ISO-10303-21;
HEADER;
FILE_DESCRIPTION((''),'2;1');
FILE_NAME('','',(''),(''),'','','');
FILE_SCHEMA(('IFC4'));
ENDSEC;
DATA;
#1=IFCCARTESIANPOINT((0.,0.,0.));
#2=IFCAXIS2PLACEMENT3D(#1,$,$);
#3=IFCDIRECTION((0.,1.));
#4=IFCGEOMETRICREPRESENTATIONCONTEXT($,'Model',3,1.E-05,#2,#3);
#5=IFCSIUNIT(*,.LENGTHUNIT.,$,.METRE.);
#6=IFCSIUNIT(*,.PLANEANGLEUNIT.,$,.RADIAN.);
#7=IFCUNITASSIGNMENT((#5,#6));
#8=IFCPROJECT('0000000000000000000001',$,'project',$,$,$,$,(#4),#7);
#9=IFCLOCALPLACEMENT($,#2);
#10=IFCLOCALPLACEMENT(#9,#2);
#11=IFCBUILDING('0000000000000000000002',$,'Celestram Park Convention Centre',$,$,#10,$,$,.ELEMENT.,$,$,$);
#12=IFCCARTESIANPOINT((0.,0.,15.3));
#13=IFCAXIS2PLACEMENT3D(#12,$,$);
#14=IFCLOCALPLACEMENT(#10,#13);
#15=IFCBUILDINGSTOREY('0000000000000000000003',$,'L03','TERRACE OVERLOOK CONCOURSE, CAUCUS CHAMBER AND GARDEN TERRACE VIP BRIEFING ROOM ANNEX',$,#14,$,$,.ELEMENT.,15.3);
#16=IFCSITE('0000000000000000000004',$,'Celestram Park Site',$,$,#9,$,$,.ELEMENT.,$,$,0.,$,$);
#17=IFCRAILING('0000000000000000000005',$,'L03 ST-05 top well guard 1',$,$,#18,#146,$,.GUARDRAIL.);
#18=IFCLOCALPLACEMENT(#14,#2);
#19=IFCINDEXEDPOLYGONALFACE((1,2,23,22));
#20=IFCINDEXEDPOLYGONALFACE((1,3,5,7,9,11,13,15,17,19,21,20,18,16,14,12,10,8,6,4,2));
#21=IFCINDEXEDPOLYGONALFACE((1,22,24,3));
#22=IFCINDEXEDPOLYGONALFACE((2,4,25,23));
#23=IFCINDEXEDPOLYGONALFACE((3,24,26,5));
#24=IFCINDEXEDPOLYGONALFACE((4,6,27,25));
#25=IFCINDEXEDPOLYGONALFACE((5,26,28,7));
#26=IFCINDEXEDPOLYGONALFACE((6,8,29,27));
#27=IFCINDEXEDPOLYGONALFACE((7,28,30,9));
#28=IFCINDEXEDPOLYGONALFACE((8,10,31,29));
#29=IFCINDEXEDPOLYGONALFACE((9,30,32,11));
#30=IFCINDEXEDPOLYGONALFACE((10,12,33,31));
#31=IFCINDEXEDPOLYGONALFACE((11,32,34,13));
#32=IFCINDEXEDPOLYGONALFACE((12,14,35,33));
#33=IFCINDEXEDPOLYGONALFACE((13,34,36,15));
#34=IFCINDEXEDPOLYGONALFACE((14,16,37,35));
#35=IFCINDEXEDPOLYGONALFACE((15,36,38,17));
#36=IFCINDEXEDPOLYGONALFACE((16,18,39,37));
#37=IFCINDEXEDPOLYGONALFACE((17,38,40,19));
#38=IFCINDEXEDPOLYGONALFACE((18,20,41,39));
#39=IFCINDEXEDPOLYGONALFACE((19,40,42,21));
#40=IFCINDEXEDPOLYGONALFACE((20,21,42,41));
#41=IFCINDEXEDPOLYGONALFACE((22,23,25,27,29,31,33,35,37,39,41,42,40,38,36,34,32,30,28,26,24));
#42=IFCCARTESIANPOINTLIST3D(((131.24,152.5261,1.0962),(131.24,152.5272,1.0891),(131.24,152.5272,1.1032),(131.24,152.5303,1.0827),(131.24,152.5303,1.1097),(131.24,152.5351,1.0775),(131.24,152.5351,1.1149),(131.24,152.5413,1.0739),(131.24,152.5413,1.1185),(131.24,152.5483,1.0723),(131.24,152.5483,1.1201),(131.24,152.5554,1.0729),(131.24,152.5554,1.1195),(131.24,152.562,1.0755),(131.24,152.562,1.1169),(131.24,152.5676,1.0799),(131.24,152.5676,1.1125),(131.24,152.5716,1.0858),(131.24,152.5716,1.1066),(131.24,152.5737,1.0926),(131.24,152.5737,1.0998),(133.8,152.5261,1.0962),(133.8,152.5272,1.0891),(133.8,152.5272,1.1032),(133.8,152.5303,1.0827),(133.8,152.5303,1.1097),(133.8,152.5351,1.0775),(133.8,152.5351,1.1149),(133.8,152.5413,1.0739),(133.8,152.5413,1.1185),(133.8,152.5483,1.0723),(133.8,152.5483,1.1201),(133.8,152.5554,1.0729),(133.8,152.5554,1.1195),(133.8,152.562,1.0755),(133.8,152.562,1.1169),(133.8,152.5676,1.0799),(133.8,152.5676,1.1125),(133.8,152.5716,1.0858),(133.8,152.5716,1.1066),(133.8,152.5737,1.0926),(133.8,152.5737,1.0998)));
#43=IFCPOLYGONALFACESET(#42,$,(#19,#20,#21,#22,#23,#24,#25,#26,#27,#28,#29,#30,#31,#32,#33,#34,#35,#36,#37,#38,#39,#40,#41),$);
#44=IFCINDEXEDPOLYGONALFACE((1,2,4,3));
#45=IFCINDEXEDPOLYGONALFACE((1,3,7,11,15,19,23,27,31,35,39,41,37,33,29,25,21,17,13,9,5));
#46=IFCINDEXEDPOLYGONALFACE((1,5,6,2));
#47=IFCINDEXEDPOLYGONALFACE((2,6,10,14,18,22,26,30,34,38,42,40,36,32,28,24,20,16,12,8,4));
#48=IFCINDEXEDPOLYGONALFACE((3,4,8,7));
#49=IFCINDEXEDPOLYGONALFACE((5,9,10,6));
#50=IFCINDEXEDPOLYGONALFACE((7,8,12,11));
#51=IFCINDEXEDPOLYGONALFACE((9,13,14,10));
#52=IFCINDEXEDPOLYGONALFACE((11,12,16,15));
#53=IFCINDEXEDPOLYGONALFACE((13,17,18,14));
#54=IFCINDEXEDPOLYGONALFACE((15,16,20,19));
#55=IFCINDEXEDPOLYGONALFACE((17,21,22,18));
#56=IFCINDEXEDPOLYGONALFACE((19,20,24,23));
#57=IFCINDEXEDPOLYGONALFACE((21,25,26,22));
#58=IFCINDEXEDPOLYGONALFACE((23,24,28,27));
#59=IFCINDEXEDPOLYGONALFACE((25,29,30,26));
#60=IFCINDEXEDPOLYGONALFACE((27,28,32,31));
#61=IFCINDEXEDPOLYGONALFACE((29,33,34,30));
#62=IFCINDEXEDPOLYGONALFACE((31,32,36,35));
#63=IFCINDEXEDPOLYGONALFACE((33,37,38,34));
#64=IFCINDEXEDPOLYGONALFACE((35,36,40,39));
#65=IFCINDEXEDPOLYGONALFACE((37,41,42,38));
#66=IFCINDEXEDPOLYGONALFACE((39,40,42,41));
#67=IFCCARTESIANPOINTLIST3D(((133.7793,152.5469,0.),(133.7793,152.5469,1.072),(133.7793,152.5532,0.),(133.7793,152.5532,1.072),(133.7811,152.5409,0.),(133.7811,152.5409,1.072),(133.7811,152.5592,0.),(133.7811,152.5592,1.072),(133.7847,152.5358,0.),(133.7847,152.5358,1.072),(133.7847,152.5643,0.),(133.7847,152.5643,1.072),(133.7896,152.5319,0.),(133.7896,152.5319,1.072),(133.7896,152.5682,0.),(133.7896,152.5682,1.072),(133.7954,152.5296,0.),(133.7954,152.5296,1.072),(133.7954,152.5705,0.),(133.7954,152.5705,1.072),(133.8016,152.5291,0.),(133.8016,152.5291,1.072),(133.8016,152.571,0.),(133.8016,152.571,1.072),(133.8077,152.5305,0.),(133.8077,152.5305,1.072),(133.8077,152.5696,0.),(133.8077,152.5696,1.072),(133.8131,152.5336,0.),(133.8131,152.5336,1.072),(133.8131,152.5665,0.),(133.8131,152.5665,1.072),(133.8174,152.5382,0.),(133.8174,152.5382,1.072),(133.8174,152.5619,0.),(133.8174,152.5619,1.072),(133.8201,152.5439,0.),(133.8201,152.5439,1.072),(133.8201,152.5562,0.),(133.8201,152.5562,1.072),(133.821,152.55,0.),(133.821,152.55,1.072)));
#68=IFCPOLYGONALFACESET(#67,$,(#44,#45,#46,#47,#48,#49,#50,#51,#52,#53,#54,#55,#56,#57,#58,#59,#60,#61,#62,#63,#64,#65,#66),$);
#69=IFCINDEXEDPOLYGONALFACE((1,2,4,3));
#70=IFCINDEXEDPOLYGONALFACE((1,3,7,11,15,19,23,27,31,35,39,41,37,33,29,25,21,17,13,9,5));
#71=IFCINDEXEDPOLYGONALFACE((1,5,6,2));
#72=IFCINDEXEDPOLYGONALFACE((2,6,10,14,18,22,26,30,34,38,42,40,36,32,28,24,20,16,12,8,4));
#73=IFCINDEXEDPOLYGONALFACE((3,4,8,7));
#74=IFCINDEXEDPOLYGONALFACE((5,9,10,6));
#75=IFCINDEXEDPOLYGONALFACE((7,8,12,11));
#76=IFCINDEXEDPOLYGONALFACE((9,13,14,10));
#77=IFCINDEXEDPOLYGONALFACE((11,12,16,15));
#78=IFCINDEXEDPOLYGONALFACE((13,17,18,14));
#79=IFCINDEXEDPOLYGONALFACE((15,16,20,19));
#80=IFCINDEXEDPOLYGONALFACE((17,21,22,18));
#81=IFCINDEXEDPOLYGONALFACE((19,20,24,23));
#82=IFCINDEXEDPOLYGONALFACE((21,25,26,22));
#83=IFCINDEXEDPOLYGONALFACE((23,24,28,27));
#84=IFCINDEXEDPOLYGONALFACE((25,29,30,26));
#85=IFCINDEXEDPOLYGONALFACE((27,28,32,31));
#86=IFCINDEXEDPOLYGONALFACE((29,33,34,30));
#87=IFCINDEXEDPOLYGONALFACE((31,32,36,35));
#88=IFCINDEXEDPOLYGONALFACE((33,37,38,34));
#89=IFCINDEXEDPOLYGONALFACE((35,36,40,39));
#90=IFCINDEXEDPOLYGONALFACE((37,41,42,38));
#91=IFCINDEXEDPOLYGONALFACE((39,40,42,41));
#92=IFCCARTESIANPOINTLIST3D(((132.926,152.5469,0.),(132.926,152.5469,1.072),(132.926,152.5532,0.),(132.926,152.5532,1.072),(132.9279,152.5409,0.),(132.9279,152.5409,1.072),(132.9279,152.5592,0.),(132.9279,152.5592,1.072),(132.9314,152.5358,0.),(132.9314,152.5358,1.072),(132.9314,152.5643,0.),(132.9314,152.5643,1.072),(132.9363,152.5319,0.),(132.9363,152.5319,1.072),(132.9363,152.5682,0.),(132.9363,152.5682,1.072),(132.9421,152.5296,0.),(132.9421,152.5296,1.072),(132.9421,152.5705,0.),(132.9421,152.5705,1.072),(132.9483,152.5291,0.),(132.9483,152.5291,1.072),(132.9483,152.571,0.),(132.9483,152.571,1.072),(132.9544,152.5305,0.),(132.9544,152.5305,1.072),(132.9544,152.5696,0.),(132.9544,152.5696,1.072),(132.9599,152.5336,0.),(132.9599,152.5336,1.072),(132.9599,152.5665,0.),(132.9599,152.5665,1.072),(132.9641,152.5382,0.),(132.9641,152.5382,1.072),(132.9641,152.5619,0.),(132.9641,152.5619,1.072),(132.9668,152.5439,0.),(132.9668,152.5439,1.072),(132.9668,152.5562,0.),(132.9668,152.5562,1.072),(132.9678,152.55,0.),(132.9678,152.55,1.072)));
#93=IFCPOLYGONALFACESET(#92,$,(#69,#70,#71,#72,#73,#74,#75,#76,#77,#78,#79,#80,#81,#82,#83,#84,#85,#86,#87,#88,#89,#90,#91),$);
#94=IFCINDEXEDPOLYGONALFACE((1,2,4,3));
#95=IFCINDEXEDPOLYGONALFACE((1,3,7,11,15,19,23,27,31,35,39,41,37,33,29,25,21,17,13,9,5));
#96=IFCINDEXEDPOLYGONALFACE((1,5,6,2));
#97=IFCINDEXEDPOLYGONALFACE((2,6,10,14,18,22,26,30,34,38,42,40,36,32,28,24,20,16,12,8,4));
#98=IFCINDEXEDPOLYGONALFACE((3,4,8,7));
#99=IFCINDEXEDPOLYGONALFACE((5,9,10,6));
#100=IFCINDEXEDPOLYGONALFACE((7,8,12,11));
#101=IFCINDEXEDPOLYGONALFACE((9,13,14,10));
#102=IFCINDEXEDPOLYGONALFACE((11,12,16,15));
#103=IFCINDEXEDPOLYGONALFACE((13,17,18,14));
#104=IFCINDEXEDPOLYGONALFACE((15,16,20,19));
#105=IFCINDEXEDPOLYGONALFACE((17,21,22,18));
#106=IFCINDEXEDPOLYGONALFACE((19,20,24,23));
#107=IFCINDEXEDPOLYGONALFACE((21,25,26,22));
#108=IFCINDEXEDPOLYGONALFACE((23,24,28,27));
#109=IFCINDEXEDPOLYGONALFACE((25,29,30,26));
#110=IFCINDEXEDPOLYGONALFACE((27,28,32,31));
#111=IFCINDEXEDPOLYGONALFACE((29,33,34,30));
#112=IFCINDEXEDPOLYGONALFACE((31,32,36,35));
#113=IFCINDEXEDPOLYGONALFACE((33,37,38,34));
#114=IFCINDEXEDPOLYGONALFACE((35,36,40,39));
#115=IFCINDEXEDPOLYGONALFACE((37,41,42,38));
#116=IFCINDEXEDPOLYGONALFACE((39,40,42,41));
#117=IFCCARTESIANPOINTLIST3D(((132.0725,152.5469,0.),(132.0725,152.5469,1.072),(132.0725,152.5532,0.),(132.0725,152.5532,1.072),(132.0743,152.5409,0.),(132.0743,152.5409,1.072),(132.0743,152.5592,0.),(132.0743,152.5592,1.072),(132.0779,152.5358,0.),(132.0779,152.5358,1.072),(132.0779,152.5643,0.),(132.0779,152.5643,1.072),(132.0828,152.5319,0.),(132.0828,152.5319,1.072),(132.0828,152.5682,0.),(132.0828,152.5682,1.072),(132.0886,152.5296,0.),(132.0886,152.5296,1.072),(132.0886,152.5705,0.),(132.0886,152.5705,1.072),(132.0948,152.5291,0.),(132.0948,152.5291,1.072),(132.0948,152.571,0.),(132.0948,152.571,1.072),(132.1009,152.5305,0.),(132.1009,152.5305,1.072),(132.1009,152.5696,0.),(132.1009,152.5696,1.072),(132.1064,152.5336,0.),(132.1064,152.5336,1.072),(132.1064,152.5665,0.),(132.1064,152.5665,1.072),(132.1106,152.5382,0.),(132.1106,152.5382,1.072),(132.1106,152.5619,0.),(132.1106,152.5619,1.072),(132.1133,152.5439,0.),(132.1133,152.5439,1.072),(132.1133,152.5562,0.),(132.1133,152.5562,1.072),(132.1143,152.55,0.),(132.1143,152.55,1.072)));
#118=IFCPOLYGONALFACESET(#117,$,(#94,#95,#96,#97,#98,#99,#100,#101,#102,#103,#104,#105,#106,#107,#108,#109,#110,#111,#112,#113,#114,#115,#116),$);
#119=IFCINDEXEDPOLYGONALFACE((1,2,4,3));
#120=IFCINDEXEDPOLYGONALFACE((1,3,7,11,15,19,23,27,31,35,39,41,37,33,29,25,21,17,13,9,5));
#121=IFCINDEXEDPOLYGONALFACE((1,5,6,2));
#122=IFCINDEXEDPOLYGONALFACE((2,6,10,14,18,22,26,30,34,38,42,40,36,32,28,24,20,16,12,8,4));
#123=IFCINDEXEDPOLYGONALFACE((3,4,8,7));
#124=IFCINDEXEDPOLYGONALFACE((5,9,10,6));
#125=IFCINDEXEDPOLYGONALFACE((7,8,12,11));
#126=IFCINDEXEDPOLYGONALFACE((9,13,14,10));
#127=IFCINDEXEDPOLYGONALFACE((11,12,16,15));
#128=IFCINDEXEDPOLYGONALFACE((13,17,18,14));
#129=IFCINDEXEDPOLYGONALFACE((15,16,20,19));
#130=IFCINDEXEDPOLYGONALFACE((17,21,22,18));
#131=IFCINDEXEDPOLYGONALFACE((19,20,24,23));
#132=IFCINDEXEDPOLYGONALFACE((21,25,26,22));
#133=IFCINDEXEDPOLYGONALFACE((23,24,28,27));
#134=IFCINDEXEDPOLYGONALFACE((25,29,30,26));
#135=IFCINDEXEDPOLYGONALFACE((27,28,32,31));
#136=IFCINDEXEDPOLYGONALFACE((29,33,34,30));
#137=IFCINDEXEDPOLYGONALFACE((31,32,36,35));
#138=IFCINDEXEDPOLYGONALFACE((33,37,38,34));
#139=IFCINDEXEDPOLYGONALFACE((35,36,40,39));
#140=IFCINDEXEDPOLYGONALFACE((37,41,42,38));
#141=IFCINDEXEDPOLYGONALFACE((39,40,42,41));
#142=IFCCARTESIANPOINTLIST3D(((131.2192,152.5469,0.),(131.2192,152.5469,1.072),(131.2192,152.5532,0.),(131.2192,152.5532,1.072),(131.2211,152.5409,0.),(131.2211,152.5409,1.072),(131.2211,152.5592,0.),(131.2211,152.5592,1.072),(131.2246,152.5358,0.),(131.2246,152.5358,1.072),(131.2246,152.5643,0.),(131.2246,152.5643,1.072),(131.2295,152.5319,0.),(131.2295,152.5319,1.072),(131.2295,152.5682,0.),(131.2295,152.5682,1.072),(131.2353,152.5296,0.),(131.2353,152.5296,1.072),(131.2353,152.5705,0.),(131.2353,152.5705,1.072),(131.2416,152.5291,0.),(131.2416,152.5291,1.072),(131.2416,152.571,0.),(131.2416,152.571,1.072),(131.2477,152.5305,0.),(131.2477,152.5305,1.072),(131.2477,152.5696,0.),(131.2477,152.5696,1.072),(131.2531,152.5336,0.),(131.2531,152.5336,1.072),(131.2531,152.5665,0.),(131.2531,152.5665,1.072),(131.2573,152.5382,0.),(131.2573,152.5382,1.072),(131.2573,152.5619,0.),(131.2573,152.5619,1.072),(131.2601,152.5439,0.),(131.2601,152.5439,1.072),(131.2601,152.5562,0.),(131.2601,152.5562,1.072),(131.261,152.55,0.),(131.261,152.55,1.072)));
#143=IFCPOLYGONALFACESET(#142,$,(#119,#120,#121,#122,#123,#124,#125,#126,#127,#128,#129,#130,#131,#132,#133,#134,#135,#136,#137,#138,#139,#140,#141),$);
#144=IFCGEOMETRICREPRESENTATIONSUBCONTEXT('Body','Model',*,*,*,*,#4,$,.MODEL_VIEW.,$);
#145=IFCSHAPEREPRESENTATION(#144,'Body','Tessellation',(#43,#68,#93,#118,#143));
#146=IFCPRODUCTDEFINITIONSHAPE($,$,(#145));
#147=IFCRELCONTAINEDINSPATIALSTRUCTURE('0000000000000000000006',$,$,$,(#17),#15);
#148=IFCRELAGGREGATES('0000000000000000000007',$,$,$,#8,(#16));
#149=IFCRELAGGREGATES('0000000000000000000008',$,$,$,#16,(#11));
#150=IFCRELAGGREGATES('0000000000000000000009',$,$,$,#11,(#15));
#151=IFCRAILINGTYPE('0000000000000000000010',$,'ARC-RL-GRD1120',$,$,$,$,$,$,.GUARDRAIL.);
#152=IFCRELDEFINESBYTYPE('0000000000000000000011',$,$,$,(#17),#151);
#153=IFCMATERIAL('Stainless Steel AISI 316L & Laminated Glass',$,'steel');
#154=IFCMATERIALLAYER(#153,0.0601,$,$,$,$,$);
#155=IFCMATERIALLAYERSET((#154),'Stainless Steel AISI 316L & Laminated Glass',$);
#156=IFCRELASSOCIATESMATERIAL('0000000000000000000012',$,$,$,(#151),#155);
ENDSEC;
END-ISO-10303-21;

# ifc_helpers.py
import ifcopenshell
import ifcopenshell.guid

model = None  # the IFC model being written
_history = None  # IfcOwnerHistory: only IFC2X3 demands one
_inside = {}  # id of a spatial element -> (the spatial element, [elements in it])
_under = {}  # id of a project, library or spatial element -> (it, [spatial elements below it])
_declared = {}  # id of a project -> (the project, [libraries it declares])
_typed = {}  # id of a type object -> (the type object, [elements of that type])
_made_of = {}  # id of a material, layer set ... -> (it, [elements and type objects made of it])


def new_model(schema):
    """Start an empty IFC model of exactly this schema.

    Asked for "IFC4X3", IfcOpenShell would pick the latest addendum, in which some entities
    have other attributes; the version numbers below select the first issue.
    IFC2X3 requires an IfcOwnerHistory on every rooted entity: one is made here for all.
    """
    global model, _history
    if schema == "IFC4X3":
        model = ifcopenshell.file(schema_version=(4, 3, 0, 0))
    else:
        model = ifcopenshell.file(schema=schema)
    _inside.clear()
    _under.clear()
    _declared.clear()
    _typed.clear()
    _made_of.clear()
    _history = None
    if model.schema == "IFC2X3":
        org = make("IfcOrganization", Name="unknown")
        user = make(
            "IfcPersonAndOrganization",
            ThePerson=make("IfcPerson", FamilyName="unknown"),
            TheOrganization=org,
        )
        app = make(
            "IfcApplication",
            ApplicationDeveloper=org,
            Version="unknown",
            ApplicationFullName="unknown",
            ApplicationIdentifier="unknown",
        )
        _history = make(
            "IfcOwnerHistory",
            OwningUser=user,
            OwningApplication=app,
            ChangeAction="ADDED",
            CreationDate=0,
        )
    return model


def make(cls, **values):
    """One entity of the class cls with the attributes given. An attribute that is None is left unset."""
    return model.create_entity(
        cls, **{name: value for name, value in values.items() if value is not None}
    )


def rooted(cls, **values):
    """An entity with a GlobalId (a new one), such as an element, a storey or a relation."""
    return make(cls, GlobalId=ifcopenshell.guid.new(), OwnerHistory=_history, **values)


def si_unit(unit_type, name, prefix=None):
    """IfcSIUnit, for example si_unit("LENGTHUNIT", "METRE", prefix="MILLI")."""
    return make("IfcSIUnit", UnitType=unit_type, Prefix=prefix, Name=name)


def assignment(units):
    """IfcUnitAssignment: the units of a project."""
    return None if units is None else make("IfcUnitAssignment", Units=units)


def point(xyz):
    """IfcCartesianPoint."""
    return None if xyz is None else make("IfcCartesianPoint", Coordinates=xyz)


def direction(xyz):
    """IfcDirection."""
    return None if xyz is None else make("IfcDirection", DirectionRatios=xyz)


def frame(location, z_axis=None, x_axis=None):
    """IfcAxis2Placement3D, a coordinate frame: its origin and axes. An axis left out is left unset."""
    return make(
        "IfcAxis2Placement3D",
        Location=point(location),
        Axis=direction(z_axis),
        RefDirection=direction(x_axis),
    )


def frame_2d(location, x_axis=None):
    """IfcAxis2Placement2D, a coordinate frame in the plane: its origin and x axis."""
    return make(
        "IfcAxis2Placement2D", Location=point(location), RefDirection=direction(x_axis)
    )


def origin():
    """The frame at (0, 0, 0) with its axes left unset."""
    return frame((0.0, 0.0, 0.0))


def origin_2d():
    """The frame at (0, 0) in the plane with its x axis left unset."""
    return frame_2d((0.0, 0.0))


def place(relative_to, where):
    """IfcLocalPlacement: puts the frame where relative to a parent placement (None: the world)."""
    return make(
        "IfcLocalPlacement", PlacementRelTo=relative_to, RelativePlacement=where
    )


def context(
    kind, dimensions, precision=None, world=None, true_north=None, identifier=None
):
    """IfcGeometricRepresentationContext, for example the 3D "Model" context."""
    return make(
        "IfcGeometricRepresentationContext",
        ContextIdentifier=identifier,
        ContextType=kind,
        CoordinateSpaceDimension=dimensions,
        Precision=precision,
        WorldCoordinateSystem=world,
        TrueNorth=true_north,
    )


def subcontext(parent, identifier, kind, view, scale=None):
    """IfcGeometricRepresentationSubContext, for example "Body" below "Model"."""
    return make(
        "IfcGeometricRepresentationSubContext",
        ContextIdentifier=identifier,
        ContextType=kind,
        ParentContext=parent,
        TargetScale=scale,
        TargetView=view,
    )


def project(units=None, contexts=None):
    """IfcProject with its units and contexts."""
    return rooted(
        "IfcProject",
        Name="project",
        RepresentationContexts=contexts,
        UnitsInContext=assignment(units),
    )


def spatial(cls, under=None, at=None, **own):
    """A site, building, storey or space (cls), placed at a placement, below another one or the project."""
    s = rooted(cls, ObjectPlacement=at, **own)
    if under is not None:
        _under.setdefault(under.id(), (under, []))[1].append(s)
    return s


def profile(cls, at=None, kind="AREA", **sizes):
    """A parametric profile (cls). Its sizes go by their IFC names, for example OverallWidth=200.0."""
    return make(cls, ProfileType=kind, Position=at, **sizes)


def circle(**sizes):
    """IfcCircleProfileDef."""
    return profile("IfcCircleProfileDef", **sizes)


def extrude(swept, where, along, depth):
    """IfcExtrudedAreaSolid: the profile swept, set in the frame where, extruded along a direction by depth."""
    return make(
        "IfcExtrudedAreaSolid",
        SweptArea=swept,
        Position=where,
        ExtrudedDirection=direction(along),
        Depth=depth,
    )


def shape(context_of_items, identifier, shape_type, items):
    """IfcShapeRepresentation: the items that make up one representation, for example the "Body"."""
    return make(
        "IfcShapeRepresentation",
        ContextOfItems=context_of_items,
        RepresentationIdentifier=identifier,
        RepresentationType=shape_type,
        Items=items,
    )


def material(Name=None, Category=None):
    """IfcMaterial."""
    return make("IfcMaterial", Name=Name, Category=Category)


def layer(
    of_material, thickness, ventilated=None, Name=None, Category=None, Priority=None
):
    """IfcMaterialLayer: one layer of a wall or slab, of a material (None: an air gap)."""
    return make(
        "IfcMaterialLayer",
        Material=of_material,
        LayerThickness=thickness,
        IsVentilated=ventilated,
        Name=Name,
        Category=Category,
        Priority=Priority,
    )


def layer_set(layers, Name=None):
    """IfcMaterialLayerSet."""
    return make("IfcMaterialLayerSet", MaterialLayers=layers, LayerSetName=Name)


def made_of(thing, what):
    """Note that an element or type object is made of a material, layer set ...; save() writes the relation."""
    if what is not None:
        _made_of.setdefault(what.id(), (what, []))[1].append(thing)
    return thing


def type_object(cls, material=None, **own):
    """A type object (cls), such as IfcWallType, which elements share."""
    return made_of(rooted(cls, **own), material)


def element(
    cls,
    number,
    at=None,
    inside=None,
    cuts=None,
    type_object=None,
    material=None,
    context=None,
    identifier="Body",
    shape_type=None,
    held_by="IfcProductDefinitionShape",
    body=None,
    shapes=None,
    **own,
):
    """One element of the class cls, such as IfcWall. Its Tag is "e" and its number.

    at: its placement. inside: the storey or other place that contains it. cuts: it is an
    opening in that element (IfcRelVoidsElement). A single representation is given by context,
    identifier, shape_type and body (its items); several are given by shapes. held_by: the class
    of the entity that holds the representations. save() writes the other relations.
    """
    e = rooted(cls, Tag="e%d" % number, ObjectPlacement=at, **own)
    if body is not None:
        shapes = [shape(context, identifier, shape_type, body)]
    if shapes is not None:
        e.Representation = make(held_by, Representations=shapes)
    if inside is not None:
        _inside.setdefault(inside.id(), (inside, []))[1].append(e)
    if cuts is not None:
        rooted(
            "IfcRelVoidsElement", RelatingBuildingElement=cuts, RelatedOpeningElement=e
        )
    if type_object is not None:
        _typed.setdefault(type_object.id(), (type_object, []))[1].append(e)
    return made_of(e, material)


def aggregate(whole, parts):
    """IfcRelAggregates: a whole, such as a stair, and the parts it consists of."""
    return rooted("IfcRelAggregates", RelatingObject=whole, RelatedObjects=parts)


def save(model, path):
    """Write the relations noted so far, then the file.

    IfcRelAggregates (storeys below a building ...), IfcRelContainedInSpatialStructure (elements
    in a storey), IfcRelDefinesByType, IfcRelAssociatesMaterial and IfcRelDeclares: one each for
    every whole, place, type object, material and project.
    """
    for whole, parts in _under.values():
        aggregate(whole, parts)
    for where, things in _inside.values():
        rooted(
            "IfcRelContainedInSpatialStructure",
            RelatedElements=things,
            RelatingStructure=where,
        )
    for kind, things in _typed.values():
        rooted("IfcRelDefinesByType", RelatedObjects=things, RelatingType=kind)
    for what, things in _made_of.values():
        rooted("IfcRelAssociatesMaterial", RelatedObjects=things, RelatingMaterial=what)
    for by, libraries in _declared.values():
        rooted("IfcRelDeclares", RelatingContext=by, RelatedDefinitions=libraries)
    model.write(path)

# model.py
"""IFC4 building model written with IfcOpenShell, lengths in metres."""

from ifc_helpers import new_model, si_unit, direction, frame, origin, origin_2d, place, context, subcontext, project, spatial, circle, extrude, material, layer, layer_set, type_object, element, save


model = new_model("IFC4")

# Units and contexts
model_context = context("Model", 3, precision=1e-05, world=origin(), true_north=direction((0.0, 1.0)))
body_context = subcontext(model_context, "Body", "Model", "MODEL_VIEW")
ifc_project = project(units=[si_unit("LENGTHUNIT", "METRE"), si_unit("PLANEANGLEUNIT", "RADIAN")], contexts=[model_context])

# Site, building, storey
site_placement = place(None, origin())
site = spatial("IfcSite", under=ifc_project, at=site_placement, Name="Celestram Park Site", CompositionType="ELEMENT", RefElevation=0.0)
building_placement = place(site_placement, origin())
building = spatial("IfcBuilding", under=site, at=building_placement, Name="Celestram Park Convention Centre", CompositionType="ELEMENT")
storey_placement = place(building_placement, frame((0.0, 0.0, 15.3)))
storey = spatial("IfcBuildingStorey", under=building, at=storey_placement, Name="L03", Description="TERRACE OVERLOOK CONCOURSE, CAUCUS CHAMBER AND GARDEN TERRACE VIP BRIEFING ROOM ANNEX", CompositionType="ELEMENT", Elevation=15.3)

# Railing
ifc_material_1 = material(Name="Stainless Steel AISI 316L & Laminated Glass", Category="steel")
ifc_layer_1 = layer(ifc_material_1, 0.0601)
ifc_layer_set_1 = layer_set([ifc_layer_1], Name="Stainless Steel AISI 316L & Laminated Glass")
railing_type = type_object("IfcRailingType", Name="ARC-RL-GRD1120", PredefinedType="GUARDRAIL", material=ifc_layer_set_1)
railing_placement = place(storey_placement, frame((133.8, 152.55, 0.0)))
element("IfcRailing", 1, at=railing_placement, inside=storey, type_object=railing_type, Name="L03 ST-05 top well guard 1", PredefinedType="GUARDRAIL", context=body_context, shape_type="SweptSolid", body=[
    extrude(circle(Radius=0.0239, at=origin_2d()), frame((0.0, 0.0, 1.0962), z_axis=(-1.0, 0.0, 0.0), x_axis=(0.0, -1.0, 0.0)), (0.0, 0.0, 1.0), 2.5601),
    extrude(circle(Radius=0.021, at=origin_2d()), origin(), (0.0, 0.0, 1.0), 1.072),
    extrude(circle(Radius=0.021, at=origin_2d()), frame((-0.8533, 0.0, 0.0)), (0.0, 0.0, 1.0), 1.072),
    extrude(circle(Radius=0.021, at=origin_2d()), frame((-1.7068, 0.0, 0.0)), (0.0, 0.0, 1.0), 1.072),
    extrude(circle(Radius=0.021, at=origin_2d()), frame((-2.5601, 0.0, 0.0)), (0.0, 0.0, 1.0), 1.072),
])

save(model, "model.ifc")
